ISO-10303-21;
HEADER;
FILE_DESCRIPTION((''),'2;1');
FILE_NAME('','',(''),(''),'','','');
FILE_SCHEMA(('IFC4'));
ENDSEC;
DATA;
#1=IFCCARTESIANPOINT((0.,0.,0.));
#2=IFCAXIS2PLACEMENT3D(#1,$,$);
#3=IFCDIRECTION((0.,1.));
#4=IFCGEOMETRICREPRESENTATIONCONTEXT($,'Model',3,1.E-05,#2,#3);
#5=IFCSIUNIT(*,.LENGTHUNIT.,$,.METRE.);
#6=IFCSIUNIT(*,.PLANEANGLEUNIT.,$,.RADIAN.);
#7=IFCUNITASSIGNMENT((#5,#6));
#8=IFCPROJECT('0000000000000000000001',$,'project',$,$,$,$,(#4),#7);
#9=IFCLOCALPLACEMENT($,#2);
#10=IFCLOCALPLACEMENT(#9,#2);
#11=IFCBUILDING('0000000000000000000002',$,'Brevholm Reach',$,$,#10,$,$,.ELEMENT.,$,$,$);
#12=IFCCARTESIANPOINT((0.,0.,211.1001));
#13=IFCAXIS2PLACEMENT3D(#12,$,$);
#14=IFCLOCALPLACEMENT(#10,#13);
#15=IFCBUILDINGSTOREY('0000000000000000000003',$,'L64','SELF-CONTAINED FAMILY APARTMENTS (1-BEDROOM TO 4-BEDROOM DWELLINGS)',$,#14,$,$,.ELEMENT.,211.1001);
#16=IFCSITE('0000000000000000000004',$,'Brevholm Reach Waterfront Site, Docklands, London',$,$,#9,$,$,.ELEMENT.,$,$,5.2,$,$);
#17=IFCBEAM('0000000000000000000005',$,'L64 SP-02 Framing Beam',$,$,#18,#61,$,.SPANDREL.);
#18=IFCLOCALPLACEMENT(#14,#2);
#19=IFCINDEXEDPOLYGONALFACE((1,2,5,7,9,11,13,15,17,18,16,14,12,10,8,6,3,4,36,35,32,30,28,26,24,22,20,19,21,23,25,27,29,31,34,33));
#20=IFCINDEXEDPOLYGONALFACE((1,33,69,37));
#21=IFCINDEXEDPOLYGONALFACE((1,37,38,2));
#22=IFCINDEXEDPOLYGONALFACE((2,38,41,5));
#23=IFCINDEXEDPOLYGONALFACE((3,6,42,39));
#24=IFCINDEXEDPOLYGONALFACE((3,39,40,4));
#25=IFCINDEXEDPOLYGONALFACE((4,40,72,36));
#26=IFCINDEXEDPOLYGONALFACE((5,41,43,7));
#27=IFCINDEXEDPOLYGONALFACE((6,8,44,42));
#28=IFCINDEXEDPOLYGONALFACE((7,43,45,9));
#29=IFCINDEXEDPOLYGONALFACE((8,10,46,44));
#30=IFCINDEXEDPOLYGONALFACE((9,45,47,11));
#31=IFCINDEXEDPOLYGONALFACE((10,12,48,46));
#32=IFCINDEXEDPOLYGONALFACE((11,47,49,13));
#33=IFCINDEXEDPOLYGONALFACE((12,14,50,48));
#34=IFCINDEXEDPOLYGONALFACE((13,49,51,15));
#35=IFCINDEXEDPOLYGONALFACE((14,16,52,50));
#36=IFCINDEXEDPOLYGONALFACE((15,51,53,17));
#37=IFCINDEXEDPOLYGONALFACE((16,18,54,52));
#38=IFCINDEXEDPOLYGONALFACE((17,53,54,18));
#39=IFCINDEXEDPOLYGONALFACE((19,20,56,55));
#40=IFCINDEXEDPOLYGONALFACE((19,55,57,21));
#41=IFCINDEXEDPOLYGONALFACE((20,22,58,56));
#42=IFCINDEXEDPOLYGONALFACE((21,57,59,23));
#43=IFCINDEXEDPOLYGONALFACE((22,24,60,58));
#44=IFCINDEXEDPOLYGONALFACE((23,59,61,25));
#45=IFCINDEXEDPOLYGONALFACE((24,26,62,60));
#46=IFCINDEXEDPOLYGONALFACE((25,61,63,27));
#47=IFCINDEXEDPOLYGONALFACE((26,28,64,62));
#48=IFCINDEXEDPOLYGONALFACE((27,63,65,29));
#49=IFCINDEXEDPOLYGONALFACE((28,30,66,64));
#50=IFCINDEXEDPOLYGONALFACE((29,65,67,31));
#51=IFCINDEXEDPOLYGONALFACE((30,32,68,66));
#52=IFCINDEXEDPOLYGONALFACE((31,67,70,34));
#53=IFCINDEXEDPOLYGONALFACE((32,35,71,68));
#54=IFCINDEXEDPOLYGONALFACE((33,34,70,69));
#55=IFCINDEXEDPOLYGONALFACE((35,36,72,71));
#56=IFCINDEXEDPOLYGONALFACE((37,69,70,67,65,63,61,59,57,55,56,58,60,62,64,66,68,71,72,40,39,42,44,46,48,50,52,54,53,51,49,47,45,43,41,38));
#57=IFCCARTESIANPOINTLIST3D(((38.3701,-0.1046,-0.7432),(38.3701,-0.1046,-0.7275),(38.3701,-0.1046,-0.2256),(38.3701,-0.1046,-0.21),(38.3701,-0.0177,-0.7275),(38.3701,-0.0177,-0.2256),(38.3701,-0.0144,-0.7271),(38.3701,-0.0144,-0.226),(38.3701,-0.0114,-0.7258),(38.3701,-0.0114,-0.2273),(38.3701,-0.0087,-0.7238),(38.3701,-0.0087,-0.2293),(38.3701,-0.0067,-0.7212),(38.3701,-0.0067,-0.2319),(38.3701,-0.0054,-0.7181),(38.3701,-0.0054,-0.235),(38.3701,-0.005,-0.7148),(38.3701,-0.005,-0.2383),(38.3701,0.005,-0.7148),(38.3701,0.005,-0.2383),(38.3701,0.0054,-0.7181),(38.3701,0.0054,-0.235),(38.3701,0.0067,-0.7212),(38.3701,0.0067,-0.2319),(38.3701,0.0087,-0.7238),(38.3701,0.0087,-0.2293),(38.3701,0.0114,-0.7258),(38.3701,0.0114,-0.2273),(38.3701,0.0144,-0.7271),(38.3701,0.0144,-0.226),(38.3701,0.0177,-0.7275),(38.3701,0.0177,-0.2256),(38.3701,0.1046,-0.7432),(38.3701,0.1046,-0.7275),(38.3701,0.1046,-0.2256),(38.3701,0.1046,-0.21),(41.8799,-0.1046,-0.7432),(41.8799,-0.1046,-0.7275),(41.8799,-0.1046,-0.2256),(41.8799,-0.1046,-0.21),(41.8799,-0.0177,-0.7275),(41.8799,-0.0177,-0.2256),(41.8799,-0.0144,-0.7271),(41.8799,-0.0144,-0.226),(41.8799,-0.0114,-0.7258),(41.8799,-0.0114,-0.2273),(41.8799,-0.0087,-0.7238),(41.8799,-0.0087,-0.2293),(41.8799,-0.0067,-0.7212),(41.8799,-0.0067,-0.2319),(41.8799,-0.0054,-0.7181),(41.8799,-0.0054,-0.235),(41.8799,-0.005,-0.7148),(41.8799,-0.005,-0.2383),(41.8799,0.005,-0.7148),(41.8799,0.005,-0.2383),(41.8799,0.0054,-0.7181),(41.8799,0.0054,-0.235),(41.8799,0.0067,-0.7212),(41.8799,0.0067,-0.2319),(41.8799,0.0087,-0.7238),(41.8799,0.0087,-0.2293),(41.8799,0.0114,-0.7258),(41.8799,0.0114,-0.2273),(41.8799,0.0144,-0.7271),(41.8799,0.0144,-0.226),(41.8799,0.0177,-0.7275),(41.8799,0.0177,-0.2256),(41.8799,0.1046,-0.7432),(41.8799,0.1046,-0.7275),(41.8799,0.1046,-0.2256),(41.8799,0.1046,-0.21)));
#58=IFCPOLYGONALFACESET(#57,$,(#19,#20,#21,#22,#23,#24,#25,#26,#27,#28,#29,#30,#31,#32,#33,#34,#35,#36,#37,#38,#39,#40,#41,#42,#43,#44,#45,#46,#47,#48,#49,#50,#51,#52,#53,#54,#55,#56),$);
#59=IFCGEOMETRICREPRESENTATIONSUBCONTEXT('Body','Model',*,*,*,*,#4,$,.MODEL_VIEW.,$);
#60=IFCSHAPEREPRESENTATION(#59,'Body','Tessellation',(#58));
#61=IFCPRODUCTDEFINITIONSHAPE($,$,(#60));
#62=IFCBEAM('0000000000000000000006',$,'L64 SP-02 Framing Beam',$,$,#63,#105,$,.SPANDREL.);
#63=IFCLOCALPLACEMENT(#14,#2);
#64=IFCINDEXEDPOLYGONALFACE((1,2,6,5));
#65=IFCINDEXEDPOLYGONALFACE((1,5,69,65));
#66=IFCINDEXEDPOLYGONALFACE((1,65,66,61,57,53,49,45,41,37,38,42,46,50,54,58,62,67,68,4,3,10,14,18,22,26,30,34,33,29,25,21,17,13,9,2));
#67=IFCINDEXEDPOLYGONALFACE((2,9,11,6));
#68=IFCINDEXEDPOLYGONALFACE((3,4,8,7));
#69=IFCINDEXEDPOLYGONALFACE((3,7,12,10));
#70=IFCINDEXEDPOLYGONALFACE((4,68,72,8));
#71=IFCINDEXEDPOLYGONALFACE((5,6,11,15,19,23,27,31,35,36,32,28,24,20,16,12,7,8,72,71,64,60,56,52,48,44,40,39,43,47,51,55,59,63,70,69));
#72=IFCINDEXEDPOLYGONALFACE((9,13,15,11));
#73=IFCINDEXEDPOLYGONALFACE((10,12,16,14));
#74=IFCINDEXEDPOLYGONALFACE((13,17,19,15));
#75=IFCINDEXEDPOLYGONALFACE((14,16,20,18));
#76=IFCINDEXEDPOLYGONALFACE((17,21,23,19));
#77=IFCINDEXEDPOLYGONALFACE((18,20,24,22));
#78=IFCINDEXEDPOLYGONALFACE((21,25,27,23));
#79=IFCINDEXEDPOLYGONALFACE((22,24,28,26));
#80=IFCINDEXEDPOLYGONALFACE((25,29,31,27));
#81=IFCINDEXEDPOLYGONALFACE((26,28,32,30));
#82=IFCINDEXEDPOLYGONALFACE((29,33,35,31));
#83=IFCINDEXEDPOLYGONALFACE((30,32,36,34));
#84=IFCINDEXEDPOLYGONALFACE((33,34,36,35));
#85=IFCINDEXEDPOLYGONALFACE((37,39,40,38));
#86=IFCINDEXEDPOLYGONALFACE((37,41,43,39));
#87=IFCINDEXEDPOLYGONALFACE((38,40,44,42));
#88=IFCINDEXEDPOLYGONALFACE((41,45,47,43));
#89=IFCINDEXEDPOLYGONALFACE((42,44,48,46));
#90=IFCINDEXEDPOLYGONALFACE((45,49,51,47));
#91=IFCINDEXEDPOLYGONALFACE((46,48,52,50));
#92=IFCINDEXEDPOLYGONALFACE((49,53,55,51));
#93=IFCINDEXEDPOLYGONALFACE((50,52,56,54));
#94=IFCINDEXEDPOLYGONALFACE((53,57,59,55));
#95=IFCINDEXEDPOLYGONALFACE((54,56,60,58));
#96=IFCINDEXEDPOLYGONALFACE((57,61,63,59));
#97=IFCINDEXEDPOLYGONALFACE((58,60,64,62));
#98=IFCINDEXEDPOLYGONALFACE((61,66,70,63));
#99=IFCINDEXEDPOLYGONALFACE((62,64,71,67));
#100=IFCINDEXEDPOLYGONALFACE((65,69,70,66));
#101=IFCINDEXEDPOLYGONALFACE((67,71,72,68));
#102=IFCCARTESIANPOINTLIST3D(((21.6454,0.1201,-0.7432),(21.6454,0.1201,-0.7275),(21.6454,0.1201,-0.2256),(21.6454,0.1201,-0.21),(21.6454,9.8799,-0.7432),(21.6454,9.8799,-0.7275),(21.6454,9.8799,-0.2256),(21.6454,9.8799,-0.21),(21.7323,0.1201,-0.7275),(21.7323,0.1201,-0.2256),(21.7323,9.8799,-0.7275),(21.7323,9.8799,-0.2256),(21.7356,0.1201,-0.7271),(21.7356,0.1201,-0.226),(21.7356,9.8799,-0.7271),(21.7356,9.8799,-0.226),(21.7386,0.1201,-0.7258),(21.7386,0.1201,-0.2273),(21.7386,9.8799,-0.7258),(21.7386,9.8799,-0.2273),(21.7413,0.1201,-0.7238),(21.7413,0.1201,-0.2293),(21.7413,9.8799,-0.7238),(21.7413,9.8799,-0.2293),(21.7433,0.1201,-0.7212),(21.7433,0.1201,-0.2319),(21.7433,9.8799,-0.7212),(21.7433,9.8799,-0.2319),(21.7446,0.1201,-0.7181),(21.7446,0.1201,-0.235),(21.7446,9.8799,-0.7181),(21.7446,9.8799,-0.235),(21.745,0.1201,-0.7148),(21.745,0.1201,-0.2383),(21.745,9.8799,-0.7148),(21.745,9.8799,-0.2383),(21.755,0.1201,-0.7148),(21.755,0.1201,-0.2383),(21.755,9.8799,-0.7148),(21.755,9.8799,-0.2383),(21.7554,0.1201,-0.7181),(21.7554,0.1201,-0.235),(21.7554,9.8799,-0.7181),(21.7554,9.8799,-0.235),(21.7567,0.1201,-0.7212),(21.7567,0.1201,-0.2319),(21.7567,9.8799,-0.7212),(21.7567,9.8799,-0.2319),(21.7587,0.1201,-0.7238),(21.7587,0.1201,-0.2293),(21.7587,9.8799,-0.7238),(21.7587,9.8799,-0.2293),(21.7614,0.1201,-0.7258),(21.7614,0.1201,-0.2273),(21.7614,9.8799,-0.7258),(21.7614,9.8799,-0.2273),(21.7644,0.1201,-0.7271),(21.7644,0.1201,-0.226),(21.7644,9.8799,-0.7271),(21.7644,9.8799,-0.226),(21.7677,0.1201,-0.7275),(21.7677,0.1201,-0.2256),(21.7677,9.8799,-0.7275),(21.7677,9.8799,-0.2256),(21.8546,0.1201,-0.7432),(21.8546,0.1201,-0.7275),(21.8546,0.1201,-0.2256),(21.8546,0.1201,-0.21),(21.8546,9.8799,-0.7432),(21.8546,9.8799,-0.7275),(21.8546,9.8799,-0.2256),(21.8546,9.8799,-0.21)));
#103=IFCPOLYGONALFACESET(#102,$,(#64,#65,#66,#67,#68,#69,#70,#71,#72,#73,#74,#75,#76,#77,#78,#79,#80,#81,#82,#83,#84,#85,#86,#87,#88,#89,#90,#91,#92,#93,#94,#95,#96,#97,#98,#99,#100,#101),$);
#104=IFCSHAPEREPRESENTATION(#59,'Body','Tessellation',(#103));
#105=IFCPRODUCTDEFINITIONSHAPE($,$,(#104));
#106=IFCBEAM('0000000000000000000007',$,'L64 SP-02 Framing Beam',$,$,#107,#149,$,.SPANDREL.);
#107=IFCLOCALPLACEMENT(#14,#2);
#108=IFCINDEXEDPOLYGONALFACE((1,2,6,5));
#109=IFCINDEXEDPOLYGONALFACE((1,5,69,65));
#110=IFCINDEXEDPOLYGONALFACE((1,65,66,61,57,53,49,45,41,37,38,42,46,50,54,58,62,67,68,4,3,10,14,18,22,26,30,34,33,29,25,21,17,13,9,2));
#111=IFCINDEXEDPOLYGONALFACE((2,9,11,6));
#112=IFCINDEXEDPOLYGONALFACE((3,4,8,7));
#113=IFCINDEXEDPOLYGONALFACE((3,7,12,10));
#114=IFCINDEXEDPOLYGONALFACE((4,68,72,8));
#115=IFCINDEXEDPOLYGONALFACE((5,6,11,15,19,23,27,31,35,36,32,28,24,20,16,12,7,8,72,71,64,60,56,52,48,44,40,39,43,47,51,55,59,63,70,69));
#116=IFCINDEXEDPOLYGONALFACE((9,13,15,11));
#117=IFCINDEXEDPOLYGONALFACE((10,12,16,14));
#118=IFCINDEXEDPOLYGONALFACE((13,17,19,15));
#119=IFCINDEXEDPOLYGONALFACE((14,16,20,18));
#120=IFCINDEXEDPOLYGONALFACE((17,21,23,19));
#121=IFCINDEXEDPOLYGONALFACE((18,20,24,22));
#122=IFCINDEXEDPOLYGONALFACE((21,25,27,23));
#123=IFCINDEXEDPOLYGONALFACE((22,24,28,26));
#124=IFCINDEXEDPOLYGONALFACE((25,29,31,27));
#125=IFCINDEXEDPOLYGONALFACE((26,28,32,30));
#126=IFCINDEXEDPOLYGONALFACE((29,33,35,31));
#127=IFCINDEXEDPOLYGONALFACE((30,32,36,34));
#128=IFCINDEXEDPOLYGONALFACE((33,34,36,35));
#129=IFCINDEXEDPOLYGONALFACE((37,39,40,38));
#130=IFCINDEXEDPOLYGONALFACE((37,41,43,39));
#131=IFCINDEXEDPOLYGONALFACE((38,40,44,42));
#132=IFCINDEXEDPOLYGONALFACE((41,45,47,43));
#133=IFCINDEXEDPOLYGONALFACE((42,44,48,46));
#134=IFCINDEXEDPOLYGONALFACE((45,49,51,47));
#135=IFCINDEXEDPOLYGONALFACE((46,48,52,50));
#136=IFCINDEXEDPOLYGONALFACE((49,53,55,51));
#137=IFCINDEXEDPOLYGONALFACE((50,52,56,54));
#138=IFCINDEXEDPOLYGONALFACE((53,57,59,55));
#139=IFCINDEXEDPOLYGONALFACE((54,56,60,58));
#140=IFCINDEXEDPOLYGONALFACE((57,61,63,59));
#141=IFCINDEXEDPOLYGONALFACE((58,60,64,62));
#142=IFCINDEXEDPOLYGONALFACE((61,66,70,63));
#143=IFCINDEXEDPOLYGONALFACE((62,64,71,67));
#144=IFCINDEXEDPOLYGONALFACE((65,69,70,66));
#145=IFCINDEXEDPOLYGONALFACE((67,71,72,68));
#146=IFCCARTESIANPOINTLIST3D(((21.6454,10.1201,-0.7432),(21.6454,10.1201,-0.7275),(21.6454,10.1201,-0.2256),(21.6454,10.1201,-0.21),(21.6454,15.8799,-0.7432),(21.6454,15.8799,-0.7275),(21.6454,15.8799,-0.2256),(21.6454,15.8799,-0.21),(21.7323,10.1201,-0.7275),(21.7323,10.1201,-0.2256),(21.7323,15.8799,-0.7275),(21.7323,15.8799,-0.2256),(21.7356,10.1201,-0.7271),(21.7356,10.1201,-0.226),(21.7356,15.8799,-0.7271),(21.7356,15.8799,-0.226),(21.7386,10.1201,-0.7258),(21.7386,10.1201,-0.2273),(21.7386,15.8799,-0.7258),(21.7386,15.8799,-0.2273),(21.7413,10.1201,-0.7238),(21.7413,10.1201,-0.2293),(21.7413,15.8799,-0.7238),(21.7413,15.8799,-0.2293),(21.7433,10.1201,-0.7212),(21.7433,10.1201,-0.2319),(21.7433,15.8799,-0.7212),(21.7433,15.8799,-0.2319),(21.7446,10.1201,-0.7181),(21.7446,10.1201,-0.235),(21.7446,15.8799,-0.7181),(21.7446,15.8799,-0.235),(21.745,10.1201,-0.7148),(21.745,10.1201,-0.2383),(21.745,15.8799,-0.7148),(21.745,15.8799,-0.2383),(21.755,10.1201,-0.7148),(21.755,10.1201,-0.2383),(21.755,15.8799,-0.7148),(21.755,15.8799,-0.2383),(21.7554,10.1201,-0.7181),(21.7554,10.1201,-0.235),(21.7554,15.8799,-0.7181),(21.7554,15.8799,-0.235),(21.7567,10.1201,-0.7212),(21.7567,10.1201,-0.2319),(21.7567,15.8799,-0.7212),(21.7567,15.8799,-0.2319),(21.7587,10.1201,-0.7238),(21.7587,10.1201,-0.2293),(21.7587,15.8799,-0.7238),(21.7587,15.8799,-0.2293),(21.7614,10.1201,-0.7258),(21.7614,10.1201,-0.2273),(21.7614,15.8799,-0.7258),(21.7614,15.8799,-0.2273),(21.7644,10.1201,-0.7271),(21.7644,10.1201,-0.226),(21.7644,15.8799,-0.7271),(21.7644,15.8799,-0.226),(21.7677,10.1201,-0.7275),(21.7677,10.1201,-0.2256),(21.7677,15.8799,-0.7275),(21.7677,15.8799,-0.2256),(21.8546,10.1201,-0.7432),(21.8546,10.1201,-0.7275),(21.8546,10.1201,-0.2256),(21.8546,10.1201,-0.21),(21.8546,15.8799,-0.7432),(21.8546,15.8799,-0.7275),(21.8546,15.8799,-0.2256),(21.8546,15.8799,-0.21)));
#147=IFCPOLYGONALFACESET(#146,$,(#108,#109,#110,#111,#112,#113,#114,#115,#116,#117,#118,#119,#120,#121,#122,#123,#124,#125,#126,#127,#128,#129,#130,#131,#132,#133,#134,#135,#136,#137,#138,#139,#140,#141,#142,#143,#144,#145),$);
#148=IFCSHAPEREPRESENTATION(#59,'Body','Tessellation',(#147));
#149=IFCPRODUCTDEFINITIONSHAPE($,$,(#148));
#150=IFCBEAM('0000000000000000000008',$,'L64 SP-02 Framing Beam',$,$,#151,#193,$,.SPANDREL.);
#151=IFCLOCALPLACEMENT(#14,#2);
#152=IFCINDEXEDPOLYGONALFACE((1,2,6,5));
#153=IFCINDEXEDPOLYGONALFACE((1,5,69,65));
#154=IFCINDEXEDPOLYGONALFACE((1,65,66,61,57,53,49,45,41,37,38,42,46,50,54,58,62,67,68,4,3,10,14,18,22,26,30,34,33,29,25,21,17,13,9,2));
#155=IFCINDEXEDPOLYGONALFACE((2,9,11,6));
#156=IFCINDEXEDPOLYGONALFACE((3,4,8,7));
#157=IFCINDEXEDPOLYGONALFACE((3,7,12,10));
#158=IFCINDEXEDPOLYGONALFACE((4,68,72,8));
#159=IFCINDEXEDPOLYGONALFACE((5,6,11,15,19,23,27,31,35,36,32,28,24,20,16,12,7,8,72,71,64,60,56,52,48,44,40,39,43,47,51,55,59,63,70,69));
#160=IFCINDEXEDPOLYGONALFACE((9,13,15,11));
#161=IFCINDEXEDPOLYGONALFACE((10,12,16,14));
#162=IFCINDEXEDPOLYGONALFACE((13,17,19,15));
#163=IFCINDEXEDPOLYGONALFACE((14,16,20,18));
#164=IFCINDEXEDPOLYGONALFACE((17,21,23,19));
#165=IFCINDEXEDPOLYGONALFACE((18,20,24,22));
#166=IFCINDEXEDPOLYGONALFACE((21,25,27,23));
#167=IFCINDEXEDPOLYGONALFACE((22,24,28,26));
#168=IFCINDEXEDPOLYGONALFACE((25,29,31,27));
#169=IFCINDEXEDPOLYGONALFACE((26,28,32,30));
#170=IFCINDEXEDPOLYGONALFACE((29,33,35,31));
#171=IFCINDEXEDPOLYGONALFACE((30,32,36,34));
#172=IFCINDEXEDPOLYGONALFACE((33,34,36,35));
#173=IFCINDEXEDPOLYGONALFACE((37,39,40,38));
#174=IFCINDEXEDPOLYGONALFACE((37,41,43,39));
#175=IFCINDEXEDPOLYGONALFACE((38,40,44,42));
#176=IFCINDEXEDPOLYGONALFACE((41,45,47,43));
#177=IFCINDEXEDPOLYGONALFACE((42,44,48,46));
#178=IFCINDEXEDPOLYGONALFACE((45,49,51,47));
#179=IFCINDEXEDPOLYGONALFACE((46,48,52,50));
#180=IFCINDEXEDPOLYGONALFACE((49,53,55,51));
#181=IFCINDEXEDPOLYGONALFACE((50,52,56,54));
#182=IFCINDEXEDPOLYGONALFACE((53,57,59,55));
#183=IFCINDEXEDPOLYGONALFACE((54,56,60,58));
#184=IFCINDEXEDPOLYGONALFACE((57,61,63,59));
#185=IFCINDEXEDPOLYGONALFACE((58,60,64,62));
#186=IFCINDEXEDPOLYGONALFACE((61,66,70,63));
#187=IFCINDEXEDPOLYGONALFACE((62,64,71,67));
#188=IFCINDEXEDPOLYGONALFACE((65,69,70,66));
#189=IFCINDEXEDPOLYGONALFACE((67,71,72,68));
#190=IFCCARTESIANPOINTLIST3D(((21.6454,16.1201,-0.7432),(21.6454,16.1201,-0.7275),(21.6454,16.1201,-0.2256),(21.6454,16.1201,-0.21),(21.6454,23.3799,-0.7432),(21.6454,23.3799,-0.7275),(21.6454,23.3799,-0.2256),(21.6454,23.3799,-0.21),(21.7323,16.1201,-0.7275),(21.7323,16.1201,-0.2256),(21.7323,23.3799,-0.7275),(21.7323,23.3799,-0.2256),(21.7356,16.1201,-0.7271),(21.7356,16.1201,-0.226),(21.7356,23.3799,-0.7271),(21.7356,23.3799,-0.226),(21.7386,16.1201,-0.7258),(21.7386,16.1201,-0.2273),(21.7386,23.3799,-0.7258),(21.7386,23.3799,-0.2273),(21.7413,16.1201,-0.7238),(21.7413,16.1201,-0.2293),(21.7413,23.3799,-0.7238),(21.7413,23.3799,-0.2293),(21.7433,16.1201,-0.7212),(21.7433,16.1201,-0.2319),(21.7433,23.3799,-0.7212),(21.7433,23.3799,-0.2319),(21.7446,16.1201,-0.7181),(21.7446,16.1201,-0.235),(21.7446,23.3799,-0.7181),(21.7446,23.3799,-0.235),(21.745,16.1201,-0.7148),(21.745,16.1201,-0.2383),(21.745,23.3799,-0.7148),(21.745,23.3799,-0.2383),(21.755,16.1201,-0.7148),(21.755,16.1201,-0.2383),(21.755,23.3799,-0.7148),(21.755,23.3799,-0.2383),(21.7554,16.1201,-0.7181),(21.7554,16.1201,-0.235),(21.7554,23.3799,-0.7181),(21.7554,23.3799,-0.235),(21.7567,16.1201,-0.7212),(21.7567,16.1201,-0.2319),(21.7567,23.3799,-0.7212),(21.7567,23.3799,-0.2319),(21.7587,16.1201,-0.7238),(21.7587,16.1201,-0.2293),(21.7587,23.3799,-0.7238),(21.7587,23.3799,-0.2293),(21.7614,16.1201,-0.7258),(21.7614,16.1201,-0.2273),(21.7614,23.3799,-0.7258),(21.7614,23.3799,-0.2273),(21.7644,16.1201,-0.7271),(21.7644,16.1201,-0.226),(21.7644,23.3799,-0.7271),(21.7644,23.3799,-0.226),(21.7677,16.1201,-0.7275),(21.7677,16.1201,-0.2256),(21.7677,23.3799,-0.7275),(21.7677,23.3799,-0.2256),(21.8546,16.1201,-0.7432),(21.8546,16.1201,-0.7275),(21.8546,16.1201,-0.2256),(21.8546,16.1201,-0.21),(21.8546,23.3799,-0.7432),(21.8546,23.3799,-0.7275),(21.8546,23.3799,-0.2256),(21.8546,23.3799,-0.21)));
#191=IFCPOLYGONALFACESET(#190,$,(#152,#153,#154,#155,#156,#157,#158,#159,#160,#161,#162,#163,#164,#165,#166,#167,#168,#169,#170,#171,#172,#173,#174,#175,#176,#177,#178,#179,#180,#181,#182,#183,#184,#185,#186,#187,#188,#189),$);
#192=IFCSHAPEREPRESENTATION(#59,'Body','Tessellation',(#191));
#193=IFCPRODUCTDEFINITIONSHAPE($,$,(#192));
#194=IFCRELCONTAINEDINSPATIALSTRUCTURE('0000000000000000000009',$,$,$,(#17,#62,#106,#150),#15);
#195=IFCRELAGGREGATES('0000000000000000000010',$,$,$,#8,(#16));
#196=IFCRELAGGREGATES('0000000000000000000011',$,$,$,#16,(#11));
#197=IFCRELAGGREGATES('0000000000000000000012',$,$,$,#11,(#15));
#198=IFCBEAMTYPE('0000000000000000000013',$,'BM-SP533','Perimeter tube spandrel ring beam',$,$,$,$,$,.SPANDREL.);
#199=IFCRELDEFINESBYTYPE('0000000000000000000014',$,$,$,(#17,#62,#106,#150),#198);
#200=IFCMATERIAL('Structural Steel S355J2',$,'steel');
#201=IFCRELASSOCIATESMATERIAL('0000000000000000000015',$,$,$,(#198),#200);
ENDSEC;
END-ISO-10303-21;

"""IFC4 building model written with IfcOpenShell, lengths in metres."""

from ifc_helpers import new_model, si_unit, direction, frame, origin, origin_2d, place, context, subcontext, project, spatial, i_section, extrude, material, material_profile, profile_set, type_object, element, save


model = new_model("IFC4")

# Units and contexts
model_context = context("Model", 3, precision=1e-05, world=origin(), true_north=direction((0.0, 1.0)))
body_context = subcontext(model_context, "Body", "Model", "MODEL_VIEW")
ifc_project = project(units=[si_unit("LENGTHUNIT", "METRE"), si_unit("PLANEANGLEUNIT", "RADIAN")], contexts=[model_context])

# Site, building, storey
site_placement = place(None, origin())
site = spatial("IfcSite", under=ifc_project, at=site_placement, Name="Brevholm Reach Waterfront Site, Docklands, London", CompositionType="ELEMENT", RefElevation=5.2)
building_placement = place(site_placement, origin())
building = spatial("IfcBuilding", under=site, at=building_placement, Name="Brevholm Reach", CompositionType="ELEMENT")
storey_placement = place(building_placement, frame((0.0, 0.0, 211.1001)))
storey = spatial("IfcBuildingStorey", under=building, at=storey_placement, Name="L64", Description="SELF-CONTAINED FAMILY APARTMENTS (1-BEDROOM TO 4-BEDROOM DWELLINGS)", CompositionType="ELEMENT", Elevation=211.1001)

# Beams
ifc_material_1 = material(Name="Structural Steel S355J2", Category="steel")
ifc_material_profile_1 = material_profile(ifc_material_1, i_section(OverallWidth=0.2092, OverallDepth=0.5332, WebThickness=0.01, FlangeThickness=0.0156, FilletRadius=0.0127, at=origin_2d()), Name="UKB 533x210x92")
ifc_profile_set_1 = profile_set([ifc_material_profile_1], Name="Structural Steel S355J2")
beam_type_1 = type_object("IfcBeamType", Name="BM-SP533", Description="Perimeter tube spandrel ring beam", PredefinedType="SPANDREL", material=ifc_profile_set_1)
beam_1_placement = place(storey_placement, frame((38.3701, 0.0, -0.4766), z_axis=(1.0, 0.0, 0.0), x_axis=(0.0, 1.0, 0.0)))
element("IfcBeam", 1, at=beam_1_placement, inside=storey, type_object=beam_type_1, Name="L64 SP-02 Framing Beam", PredefinedType="SPANDREL", context=body_context, shape_type="SweptSolid", body=[
    extrude(i_section(OverallWidth=0.2092, OverallDepth=0.5332, WebThickness=0.01, FlangeThickness=0.0156, FilletRadius=0.0127, at=origin_2d()), origin(), (0.0, 0.0, 1.0), 3.5098),
])
beam_2_placement = place(storey_placement, frame((21.75, 0.1201, -0.4766), z_axis=(0.0, 1.0, 0.0), x_axis=(-1.0, 0.0, 0.0)))
element("IfcBeam", 2, at=beam_2_placement, inside=storey, type_object=beam_type_1, Name="L64 SP-02 Framing Beam", PredefinedType="SPANDREL", context=body_context, shape_type="SweptSolid", body=[
    extrude(i_section(OverallWidth=0.2092, OverallDepth=0.5332, WebThickness=0.01, FlangeThickness=0.0156, FilletRadius=0.0127, at=origin_2d()), origin(), (0.0, 0.0, 1.0), 9.7598),
])
beam_3_placement = place(storey_placement, frame((21.75, 10.1201, -0.4766), z_axis=(0.0, 1.0, 0.0), x_axis=(-1.0, 0.0, 0.0)))
element("IfcBeam", 3, at=beam_3_placement, inside=storey, type_object=beam_type_1, Name="L64 SP-02 Framing Beam", PredefinedType="SPANDREL", context=body_context, shape_type="SweptSolid", body=[
    extrude(i_section(OverallWidth=0.2092, OverallDepth=0.5332, WebThickness=0.01, FlangeThickness=0.0156, FilletRadius=0.0127, at=origin_2d()), origin(), (0.0, 0.0, 1.0), 5.7598),
])
beam_4_placement = place(storey_placement, frame((21.75, 16.1201, -0.4766), z_axis=(0.0, 1.0, 0.0), x_axis=(-1.0, 0.0, 0.0)))
element("IfcBeam", 4, at=beam_4_placement, inside=storey, type_object=beam_type_1, Name="L64 SP-02 Framing Beam", PredefinedType="SPANDREL", context=body_context, shape_type="SweptSolid", body=[
    extrude(i_section(OverallWidth=0.2092, OverallDepth=0.5332, WebThickness=0.01, FlangeThickness=0.0156, FilletRadius=0.0127, at=origin_2d()), origin(), (0.0, 0.0, 1.0), 7.2598),
])

save(model, "model.ifc")
